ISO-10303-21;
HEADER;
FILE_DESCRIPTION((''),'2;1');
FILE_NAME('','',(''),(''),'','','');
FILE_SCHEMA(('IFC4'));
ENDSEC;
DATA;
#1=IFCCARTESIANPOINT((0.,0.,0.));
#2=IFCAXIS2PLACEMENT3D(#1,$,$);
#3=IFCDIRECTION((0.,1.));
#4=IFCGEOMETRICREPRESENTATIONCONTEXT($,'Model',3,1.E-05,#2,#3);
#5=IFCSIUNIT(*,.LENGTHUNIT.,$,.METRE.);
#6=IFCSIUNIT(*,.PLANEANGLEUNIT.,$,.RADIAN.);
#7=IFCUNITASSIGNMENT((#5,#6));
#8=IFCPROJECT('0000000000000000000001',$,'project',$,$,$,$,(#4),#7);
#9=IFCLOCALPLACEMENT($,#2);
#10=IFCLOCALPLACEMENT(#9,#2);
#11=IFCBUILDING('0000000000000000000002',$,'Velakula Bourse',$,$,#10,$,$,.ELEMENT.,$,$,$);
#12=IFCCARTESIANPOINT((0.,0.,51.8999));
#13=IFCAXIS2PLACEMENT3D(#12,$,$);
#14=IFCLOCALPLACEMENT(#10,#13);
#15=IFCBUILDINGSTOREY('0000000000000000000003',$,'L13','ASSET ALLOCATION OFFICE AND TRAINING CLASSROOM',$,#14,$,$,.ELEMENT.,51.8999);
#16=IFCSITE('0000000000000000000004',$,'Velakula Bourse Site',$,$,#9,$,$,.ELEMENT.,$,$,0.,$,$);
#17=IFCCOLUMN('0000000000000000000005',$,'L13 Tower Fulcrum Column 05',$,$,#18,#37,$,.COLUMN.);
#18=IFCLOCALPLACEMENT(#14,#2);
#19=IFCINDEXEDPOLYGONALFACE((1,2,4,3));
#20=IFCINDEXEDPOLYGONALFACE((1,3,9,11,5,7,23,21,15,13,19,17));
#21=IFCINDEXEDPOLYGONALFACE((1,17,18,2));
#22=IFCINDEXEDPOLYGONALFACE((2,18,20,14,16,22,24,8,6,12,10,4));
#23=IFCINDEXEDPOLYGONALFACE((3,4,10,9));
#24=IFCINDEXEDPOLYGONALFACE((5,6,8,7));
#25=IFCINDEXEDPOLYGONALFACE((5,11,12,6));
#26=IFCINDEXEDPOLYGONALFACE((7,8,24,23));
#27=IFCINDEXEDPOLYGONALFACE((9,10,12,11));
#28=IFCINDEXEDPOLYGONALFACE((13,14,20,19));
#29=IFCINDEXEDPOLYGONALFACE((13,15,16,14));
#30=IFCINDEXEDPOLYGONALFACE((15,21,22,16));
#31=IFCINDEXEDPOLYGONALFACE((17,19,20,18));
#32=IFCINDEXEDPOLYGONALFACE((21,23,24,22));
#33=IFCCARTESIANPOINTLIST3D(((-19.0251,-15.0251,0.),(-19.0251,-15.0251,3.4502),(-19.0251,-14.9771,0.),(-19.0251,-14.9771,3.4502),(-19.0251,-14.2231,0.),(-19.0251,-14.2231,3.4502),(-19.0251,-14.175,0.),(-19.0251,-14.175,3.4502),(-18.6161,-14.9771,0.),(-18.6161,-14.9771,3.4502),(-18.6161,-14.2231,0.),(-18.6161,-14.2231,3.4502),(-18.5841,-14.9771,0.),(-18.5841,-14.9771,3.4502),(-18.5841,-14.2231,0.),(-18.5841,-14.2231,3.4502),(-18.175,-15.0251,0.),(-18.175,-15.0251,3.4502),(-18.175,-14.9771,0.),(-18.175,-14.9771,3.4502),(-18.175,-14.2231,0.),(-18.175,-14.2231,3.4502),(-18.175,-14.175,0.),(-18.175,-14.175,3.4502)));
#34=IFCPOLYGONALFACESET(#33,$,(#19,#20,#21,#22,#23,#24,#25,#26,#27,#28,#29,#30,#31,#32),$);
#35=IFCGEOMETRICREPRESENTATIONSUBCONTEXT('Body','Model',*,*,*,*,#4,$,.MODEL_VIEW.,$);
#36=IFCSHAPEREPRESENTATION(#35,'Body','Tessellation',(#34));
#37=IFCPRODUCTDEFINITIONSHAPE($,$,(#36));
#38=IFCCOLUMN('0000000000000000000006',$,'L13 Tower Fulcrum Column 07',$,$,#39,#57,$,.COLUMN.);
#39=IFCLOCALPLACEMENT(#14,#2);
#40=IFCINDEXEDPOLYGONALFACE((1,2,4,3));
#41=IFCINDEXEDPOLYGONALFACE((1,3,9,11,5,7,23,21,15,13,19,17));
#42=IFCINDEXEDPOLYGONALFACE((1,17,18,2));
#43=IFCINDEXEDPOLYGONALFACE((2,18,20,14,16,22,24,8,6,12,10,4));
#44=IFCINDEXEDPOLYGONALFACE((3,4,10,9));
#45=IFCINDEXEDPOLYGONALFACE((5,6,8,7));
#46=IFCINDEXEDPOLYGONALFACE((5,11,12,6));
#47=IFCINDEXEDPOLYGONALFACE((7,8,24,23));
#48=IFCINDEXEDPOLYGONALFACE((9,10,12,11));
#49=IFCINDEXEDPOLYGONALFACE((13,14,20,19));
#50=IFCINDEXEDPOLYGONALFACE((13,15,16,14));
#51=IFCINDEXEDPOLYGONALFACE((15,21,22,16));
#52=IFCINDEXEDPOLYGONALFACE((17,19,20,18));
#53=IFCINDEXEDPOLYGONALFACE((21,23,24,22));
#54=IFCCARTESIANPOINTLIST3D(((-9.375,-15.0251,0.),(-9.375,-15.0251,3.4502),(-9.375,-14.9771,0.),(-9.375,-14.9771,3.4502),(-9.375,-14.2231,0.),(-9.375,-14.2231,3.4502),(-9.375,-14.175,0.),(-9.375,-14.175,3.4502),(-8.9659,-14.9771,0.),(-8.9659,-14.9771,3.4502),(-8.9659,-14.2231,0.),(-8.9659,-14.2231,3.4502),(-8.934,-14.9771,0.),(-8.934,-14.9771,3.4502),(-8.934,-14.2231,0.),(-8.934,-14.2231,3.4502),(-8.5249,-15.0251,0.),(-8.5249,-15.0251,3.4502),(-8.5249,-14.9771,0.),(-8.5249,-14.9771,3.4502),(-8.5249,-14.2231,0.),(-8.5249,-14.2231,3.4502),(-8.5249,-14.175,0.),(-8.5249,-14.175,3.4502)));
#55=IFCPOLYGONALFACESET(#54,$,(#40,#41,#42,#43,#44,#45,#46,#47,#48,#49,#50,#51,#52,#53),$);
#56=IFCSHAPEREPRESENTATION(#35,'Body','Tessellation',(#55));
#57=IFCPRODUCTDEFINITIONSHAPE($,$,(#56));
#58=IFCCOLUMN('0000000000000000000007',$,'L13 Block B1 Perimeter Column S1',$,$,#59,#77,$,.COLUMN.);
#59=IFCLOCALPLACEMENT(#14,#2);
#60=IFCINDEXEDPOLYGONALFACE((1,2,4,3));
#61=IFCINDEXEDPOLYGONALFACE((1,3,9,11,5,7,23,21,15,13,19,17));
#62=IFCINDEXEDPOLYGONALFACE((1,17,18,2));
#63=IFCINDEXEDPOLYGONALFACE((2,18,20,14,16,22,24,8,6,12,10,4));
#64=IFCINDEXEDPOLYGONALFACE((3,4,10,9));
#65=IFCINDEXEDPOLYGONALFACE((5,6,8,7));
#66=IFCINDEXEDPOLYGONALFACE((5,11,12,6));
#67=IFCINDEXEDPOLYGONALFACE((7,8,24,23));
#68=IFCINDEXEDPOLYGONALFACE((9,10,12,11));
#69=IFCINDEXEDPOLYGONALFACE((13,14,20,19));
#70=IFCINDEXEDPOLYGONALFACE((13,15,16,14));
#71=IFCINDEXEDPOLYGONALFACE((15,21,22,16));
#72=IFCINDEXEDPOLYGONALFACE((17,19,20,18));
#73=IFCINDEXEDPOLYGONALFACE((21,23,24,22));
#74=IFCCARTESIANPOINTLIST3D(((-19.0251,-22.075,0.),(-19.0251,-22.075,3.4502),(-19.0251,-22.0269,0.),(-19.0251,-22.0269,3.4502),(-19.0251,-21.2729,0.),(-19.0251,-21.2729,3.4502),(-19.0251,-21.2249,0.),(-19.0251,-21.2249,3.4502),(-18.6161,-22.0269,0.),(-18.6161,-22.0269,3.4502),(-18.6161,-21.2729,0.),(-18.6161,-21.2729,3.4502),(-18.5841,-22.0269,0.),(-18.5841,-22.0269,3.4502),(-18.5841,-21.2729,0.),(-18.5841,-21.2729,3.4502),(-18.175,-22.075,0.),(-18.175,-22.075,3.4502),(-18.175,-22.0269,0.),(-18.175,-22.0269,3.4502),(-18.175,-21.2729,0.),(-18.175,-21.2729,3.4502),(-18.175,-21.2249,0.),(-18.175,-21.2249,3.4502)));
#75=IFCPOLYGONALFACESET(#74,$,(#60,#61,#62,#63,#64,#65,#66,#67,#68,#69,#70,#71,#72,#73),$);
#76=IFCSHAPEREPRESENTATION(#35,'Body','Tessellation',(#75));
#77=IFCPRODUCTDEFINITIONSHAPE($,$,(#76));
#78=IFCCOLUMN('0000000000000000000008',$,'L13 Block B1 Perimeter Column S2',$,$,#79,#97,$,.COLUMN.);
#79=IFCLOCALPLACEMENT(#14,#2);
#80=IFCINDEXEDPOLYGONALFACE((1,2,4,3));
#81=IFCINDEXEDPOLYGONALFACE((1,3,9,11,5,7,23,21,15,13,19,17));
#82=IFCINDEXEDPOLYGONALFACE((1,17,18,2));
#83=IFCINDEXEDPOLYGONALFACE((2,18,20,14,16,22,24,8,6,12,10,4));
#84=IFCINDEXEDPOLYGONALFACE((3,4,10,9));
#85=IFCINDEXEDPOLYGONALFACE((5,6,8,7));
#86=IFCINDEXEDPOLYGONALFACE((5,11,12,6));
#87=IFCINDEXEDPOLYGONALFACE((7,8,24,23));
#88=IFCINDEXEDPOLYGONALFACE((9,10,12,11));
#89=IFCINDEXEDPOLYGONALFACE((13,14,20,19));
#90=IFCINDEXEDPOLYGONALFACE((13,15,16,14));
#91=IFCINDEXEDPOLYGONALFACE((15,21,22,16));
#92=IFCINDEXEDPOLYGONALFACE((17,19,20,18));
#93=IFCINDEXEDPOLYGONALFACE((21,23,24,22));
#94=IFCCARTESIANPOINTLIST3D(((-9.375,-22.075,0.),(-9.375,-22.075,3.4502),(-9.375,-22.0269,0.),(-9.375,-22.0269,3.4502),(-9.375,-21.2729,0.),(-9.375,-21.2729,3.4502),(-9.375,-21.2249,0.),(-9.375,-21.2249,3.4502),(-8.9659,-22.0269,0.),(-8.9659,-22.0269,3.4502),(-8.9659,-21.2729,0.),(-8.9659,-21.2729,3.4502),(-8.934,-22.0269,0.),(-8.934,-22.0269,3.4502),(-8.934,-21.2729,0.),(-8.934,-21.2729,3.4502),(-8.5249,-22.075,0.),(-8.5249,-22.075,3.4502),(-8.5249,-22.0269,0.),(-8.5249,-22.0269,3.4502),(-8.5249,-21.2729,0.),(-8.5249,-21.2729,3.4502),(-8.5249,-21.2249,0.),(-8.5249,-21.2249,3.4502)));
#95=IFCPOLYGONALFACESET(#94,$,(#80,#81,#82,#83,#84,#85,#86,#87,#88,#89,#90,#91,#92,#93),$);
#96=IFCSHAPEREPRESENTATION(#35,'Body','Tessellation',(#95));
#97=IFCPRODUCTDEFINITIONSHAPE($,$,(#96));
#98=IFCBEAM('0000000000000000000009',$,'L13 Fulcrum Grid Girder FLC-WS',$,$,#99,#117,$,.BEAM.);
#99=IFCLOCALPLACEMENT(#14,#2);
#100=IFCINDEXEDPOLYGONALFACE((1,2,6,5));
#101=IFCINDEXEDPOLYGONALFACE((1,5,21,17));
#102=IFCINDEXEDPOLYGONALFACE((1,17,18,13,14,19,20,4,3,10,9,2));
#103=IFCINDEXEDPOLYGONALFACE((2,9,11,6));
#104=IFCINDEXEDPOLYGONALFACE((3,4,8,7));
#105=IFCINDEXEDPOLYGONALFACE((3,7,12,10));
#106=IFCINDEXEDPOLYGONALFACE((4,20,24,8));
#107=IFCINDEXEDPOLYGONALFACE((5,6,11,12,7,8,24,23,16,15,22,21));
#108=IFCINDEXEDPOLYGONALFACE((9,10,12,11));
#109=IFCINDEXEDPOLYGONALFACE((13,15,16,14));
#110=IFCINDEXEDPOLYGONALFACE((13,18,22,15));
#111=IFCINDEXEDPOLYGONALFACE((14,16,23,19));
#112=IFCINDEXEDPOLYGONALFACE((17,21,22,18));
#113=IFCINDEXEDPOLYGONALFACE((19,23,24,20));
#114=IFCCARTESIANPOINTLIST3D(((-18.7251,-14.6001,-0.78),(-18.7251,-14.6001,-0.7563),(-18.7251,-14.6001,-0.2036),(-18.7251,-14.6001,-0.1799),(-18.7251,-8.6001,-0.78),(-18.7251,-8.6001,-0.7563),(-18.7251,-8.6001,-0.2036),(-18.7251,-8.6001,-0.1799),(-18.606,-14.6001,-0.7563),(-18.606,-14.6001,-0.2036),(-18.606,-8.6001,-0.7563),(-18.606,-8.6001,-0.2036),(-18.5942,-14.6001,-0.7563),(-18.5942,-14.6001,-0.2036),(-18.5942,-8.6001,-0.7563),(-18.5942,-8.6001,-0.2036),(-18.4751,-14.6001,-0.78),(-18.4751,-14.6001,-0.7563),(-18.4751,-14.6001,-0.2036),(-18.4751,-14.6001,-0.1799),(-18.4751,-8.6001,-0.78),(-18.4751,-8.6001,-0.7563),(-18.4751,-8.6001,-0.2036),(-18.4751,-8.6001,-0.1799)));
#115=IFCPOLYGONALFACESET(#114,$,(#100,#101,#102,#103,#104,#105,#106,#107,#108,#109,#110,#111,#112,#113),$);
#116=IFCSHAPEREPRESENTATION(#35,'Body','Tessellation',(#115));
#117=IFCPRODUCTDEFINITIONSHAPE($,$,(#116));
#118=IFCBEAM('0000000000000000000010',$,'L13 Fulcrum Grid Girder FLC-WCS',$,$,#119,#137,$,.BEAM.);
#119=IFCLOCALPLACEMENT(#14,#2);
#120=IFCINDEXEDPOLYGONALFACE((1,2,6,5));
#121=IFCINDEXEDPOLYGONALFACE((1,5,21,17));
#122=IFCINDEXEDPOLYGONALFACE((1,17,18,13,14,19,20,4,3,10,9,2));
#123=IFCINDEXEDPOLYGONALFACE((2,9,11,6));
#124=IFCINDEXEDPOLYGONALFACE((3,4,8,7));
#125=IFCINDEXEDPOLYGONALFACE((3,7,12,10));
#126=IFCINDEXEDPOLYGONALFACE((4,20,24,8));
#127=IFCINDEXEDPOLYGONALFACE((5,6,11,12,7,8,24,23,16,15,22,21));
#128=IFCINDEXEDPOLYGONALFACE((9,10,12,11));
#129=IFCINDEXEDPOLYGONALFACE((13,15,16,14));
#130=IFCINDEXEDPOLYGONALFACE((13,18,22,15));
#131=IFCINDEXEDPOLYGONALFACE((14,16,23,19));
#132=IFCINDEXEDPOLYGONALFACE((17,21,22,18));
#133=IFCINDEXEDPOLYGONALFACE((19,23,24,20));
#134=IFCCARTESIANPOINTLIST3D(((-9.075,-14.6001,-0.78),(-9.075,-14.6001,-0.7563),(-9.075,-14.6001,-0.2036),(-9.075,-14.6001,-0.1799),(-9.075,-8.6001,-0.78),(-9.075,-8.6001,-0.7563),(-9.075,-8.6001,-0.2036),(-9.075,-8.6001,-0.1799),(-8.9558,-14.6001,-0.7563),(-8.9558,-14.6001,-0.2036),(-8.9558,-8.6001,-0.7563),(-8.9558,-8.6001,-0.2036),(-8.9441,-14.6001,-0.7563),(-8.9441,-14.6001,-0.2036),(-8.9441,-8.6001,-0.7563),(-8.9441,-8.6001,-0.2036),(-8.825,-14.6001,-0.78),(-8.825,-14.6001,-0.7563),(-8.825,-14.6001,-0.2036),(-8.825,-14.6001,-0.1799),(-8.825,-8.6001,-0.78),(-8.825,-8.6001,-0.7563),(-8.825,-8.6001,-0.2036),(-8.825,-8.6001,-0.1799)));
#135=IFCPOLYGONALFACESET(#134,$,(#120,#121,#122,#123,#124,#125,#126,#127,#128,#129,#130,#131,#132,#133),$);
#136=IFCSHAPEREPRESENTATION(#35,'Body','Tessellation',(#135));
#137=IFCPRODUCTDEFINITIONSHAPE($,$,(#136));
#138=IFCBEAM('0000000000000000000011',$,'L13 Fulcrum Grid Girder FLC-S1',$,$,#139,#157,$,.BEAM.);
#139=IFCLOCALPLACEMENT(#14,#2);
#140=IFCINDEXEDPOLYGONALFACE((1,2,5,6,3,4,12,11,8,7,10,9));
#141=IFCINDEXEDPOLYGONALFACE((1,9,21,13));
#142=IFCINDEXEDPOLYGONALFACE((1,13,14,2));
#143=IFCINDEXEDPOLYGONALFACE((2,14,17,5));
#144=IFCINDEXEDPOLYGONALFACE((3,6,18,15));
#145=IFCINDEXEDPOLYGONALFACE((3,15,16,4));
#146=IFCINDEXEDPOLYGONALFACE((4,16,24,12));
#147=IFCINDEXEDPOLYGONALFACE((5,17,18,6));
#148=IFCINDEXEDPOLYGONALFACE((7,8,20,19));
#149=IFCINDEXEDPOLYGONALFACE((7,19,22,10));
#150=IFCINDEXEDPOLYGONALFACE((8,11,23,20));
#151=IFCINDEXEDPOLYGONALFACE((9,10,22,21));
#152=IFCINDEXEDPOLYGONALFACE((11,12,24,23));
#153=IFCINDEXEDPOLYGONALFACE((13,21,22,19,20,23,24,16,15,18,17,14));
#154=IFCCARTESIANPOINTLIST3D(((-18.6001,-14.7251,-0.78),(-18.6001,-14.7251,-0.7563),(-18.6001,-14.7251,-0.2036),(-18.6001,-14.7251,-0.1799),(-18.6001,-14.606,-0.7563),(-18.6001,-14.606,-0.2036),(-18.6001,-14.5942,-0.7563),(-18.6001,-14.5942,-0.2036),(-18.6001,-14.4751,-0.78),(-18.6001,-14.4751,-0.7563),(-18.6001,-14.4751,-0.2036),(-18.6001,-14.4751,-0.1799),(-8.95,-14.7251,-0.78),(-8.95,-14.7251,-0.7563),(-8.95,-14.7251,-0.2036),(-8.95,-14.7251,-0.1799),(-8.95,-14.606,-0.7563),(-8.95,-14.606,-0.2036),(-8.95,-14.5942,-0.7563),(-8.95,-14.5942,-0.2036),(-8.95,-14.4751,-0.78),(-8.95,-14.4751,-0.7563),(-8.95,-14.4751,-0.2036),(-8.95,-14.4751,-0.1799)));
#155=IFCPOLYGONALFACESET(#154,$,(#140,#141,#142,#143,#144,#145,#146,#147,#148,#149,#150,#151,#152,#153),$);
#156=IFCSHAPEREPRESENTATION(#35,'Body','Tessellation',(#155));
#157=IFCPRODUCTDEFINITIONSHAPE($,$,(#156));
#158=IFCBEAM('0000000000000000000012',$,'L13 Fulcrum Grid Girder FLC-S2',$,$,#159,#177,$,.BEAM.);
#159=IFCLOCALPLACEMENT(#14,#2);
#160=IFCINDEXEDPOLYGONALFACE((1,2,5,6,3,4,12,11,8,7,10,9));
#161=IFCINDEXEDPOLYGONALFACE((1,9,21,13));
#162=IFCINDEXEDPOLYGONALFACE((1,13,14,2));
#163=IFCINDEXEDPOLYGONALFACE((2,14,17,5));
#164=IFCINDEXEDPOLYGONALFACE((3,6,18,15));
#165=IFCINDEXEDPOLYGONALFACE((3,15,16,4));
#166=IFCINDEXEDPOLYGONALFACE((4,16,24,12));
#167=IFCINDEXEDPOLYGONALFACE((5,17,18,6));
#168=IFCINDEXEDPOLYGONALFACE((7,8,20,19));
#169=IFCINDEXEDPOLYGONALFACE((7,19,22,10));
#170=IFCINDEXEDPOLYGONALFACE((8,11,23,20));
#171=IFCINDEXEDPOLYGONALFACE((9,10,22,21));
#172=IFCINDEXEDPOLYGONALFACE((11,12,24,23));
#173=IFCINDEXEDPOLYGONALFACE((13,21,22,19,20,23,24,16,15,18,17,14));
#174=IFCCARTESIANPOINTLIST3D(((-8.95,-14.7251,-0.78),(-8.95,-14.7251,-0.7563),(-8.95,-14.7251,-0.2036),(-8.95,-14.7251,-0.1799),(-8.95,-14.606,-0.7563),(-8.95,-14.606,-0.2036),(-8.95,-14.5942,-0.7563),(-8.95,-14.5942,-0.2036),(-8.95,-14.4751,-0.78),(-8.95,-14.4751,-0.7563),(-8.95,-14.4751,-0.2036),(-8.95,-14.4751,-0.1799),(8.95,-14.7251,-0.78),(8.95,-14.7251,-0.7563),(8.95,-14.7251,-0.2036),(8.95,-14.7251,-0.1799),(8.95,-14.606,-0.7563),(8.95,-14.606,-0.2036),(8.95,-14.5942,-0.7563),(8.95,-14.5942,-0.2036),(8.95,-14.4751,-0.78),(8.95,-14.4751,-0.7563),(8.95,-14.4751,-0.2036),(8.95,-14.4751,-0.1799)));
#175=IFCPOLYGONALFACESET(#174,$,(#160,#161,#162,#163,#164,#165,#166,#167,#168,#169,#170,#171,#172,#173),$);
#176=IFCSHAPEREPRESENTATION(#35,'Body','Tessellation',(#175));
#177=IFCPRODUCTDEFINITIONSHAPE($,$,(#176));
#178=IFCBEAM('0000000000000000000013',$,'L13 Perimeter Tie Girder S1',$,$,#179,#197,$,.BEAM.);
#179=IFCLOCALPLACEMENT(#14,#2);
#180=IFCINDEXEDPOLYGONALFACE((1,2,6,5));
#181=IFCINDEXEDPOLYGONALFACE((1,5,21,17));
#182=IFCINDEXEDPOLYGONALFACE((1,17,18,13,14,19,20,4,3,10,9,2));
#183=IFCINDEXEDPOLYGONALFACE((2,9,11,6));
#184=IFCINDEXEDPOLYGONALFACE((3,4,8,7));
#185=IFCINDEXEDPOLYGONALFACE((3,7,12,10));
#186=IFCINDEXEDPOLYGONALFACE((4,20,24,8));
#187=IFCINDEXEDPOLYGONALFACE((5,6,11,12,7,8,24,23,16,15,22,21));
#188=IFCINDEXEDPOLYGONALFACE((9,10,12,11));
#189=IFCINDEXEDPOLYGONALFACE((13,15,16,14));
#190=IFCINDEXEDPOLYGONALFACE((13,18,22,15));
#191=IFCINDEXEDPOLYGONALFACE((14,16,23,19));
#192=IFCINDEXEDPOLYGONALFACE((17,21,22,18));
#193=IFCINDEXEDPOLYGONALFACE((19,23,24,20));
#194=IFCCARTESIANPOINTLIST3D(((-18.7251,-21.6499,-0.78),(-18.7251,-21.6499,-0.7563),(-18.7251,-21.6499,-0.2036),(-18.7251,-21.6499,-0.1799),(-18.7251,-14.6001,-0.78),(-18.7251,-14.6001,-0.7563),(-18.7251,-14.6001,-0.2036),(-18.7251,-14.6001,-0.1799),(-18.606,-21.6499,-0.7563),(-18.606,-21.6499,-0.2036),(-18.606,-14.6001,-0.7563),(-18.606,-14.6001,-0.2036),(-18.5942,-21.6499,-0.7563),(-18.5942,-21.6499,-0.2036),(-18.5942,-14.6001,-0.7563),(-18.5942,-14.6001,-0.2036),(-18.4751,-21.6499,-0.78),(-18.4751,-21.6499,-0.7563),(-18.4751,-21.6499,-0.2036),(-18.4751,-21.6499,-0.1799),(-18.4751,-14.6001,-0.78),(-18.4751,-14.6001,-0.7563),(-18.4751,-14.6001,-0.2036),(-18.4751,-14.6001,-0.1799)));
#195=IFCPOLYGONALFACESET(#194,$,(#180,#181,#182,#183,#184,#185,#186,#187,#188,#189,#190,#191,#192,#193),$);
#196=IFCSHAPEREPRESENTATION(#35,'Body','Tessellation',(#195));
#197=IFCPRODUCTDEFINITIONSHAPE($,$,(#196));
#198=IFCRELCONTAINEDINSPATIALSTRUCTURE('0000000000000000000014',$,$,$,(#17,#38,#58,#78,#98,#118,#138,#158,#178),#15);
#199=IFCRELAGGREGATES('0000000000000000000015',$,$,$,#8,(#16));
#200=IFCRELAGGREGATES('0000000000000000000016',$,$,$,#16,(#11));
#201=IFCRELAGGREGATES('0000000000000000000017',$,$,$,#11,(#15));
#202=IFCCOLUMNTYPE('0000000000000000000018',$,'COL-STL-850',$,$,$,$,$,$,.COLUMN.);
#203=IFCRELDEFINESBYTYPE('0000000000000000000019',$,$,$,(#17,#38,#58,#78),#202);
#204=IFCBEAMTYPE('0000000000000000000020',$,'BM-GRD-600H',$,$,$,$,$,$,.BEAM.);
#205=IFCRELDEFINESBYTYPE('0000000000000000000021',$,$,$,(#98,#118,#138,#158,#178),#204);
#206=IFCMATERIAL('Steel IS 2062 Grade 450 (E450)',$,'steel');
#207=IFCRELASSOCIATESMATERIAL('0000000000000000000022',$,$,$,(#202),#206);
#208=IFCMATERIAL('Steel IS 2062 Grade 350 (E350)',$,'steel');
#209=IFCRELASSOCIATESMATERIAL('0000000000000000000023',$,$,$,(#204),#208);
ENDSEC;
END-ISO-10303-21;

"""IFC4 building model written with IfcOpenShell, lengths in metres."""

from ifc_helpers import new_model, si_unit, direction, frame, origin, origin_2d, place, context, subcontext, project, spatial, i_section, extrude, material, material_profile, profile_set, type_object, element, save


model = new_model("IFC4")

# Units and contexts
model_context = context("Model", 3, precision=1e-05, world=origin(), true_north=direction((0.0, 1.0)))
body_context = subcontext(model_context, "Body", "Model", "MODEL_VIEW")
ifc_project = project(units=[si_unit("LENGTHUNIT", "METRE"), si_unit("PLANEANGLEUNIT", "RADIAN")], contexts=[model_context])

# Site, building, storey
site_placement = place(None, origin())
site = spatial("IfcSite", under=ifc_project, at=site_placement, Name="Velakula Bourse Site", CompositionType="ELEMENT", RefElevation=0.0)
building_placement = place(site_placement, origin())
building = spatial("IfcBuilding", under=site, at=building_placement, Name="Velakula Bourse", CompositionType="ELEMENT")
storey_placement = place(building_placement, frame((0.0, 0.0, 51.8999)))
storey = spatial("IfcBuildingStorey", under=building, at=storey_placement, Name="L13", Description="ASSET ALLOCATION OFFICE AND TRAINING CLASSROOM", CompositionType="ELEMENT", Elevation=51.8999)

# Columns
ifc_material_1 = material(Name="Steel IS 2062 Grade 450 (E450)", Category="steel")
ifc_material_profile_1 = material_profile(ifc_material_1, i_section(OverallWidth=0.8501, OverallDepth=0.8501, WebThickness=0.032, FlangeThickness=0.0481, at=origin_2d()), Name="Steel IS 2062 Grade 450 (E450)")
ifc_profile_set_1 = profile_set([ifc_material_profile_1], Name="Steel IS 2062 Grade 450 (E450)")
column_type = type_object("IfcColumnType", Name="COL-STL-850", PredefinedType="COLUMN", material=ifc_profile_set_1)
for number, where, z_axis, x_axis, name in (
    (1, (-18.6001, -14.6001, 0.0), (0.0, 0.0, 1.0), (1.0, 0.0, 0.0), "L13 Tower Fulcrum Column 05"),
    (2, (-8.95, -14.6001, 0.0), (0.0, 0.0, 1.0), (1.0, 0.0, 0.0), "L13 Tower Fulcrum Column 07"),
    (3, (-18.6001, -21.6499, 0.0), (0.0, 0.0, 1.0), (1.0, 0.0, 0.0), "L13 Block B1 Perimeter Column S1"),
    (4, (-8.95, -21.6499, 0.0), (0.0, 0.0, 1.0), (1.0, 0.0, 0.0), "L13 Block B1 Perimeter Column S2"),
):
    element("IfcColumn", number, at=place(storey_placement, frame(where, z_axis=z_axis, x_axis=x_axis)), inside=storey, type_object=column_type, Name=name, PredefinedType="COLUMN", context=body_context, shape_type="SweptSolid", body=[
        extrude(i_section(OverallWidth=0.8501, OverallDepth=0.8501, WebThickness=0.032, FlangeThickness=0.0481, at=origin_2d()), origin(), (0.0, 0.0, 1.0), 3.4502),
    ])

# Beams
ifc_material_2 = material(Name="Steel IS 2062 Grade 350 (E350)", Category="steel")
ifc_material_profile_2 = material_profile(ifc_material_2, i_section(OverallWidth=0.25, OverallDepth=0.6001, WebThickness=0.0117, FlangeThickness=0.0237, at=origin_2d()), Name="Steel IS 2062 Grade 350 (E350)")
ifc_profile_set_2 = profile_set([ifc_material_profile_2], Name="Steel IS 2062 Grade 350 (E350)")
beam_type_1 = type_object("IfcBeamType", Name="BM-GRD-600H", PredefinedType="BEAM", material=ifc_profile_set_2)
for number, where, z_axis, x_axis, name in (
    (5, (-18.6001, -14.6001, -0.48), (0.0, 1.0, 0.0), (-1.0, 0.0, 0.0), "L13 Fulcrum Grid Girder FLC-WS"),
    (6, (-8.95, -14.6001, -0.48), (0.0, 1.0, 0.0), (-1.0, 0.0, 0.0), "L13 Fulcrum Grid Girder FLC-WCS"),
):
    element("IfcBeam", number, at=place(storey_placement, frame(where, z_axis=z_axis, x_axis=x_axis)), inside=storey, type_object=beam_type_1, Name=name, PredefinedType="BEAM", context=body_context, shape_type="SweptSolid", body=[
        extrude(i_section(OverallWidth=0.25, OverallDepth=0.6001, WebThickness=0.0117, FlangeThickness=0.0237, at=origin_2d()), origin(), (0.0, 0.0, 1.0), 6.0),
    ])
beam_1_placement = place(storey_placement, frame((-18.6001, -14.6001, -0.48), z_axis=(1.0, 0.0, 0.0), x_axis=(0.0, 1.0, 0.0)))
element("IfcBeam", 7, at=beam_1_placement, inside=storey, type_object=beam_type_1, Name="L13 Fulcrum Grid Girder FLC-S1", PredefinedType="BEAM", context=body_context, shape_type="SweptSolid", body=[
    extrude(i_section(OverallWidth=0.25, OverallDepth=0.6001, WebThickness=0.0117, FlangeThickness=0.0237, at=origin_2d()), origin(), (0.0, 0.0, 1.0), 9.6501),
])
beam_2_placement = place(storey_placement, frame((-8.95, -14.6001, -0.48), z_axis=(1.0, 0.0, 0.0), x_axis=(0.0, 1.0, 0.0)))
element("IfcBeam", 8, at=beam_2_placement, inside=storey, type_object=beam_type_1, Name="L13 Fulcrum Grid Girder FLC-S2", PredefinedType="BEAM", context=body_context, shape_type="SweptSolid", body=[
    extrude(i_section(OverallWidth=0.25, OverallDepth=0.6001, WebThickness=0.0117, FlangeThickness=0.0237, at=origin_2d()), origin(), (0.0, 0.0, 1.0), 17.8999),
])
for number, where, z_axis, x_axis, name in (
    (9, (-18.6001, -14.6001, -0.48), (0.0, -1.0, 0.0), (1.0, 0.0, 0.0), "L13 Perimeter Tie Girder S1"),
):
    element("IfcBeam", number, at=place(storey_placement, frame(where, z_axis=z_axis, x_axis=x_axis)), inside=storey, type_object=beam_type_1, Name=name, PredefinedType="BEAM", context=body_context, shape_type="SweptSolid", body=[
        extrude(i_section(OverallWidth=0.25, OverallDepth=0.6001, WebThickness=0.0117, FlangeThickness=0.0237, at=origin_2d()), origin(), (0.0, 0.0, 1.0), 7.0498),
    ])

save(model, "model.ifc")
